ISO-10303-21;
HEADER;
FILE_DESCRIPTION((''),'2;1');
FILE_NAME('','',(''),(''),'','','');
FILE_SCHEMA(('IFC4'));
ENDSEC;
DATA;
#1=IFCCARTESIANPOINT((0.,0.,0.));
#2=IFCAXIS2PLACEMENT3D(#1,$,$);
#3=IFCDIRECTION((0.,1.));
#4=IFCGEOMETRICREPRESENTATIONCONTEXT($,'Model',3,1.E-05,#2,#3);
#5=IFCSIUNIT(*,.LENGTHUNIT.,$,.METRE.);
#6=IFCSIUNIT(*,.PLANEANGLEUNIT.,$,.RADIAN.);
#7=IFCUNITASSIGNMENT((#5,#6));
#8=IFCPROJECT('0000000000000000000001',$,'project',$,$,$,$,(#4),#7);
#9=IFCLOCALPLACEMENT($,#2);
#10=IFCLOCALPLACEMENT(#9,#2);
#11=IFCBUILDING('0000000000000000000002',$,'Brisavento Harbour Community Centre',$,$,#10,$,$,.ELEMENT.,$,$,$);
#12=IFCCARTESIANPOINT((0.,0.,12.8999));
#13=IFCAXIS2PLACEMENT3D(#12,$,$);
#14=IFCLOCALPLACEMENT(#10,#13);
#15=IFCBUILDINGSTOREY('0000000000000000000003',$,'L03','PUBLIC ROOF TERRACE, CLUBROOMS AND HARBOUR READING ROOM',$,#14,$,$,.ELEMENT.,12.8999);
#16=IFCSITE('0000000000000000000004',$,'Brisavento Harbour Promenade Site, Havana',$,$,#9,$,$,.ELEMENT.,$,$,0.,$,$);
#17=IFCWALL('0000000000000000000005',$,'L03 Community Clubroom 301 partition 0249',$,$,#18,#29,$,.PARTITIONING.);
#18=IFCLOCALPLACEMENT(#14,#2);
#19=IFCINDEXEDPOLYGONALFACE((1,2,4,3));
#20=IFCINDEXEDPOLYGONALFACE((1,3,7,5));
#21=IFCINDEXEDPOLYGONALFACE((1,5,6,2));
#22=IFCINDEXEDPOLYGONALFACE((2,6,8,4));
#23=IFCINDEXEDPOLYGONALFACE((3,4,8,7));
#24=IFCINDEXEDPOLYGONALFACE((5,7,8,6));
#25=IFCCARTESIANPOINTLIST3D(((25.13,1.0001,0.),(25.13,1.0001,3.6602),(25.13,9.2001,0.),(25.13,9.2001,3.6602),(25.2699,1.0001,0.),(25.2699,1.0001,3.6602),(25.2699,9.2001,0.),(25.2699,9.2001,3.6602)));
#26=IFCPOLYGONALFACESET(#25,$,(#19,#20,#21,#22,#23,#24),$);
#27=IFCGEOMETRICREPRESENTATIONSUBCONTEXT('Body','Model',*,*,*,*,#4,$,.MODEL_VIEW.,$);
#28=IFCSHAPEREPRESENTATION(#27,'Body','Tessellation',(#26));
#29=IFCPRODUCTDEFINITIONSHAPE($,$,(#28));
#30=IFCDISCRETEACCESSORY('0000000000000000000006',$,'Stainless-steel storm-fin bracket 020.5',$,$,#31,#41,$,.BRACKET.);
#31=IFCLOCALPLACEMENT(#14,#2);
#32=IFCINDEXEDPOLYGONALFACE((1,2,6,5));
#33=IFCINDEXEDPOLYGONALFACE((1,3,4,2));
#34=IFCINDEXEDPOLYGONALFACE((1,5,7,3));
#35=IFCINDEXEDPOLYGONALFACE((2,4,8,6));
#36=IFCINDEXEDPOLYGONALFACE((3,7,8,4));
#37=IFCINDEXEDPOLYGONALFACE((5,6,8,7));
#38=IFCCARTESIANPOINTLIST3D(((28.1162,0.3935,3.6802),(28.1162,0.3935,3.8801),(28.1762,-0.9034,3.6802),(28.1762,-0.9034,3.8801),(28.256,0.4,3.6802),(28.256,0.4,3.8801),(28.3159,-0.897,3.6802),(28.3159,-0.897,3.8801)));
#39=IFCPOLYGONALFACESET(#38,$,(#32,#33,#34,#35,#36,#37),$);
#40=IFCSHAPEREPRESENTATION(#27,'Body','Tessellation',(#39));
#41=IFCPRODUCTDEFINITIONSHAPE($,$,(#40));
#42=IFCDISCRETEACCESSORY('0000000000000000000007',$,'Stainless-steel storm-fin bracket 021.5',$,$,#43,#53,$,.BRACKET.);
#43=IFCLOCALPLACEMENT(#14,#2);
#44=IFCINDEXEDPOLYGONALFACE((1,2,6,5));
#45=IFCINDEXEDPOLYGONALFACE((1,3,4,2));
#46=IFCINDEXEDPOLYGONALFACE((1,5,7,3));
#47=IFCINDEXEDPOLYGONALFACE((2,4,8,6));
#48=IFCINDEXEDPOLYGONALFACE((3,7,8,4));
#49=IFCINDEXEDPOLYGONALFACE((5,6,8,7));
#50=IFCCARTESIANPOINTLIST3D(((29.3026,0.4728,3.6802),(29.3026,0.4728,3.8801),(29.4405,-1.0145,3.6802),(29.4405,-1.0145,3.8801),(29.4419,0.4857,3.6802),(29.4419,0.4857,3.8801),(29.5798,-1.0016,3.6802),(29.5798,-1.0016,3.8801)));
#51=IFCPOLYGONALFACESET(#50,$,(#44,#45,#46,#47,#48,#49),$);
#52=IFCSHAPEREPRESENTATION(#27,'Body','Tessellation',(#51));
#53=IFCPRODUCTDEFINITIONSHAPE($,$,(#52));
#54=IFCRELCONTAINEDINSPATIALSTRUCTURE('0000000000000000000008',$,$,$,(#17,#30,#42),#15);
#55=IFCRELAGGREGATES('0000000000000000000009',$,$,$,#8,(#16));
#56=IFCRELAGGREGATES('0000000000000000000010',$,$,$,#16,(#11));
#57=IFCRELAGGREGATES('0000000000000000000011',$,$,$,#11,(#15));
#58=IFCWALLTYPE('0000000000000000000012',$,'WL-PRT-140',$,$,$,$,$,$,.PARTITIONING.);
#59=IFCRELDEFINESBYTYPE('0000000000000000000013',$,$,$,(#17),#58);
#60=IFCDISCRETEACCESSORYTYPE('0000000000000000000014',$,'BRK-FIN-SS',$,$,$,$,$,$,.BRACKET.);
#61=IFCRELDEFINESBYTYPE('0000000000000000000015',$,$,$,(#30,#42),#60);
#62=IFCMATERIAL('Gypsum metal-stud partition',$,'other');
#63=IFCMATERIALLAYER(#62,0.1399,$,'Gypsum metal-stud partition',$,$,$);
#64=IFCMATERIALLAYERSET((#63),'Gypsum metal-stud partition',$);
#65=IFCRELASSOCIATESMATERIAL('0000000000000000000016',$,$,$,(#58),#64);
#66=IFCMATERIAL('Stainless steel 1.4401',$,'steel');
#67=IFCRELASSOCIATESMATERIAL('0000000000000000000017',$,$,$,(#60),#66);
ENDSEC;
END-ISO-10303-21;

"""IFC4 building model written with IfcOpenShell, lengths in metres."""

from ifc_helpers import new_model, si_unit, direction, frame, frame_2d, origin, origin_2d, place, context, subcontext, project, spatial, rectangle, extrude, material, layer, layer_set, type_object, element, save


model = new_model("IFC4")

# Units and contexts
model_context = context("Model", 3, precision=1e-05, world=origin(), true_north=direction((0.0, 1.0)))
body_context = subcontext(model_context, "Body", "Model", "MODEL_VIEW")
ifc_project = project(units=[si_unit("LENGTHUNIT", "METRE"), si_unit("PLANEANGLEUNIT", "RADIAN")], contexts=[model_context])

# Site, building, storey
site_placement = place(None, origin())
site = spatial("IfcSite", under=ifc_project, at=site_placement, Name="Brisavento Harbour Promenade Site, Havana", CompositionType="ELEMENT", RefElevation=0.0)
building_placement = place(site_placement, origin())
building = spatial("IfcBuilding", under=site, at=building_placement, Name="Brisavento Harbour Community Centre", CompositionType="ELEMENT")
storey_placement = place(building_placement, frame((0.0, 0.0, 12.8999)))
storey = spatial("IfcBuildingStorey", under=building, at=storey_placement, Name="L03", Description="PUBLIC ROOF TERRACE, CLUBROOMS AND HARBOUR READING ROOM", CompositionType="ELEMENT", Elevation=12.8999)

# Wall
ifc_material_1 = material(Name="Gypsum metal-stud partition", Category="other")
ifc_layer_1 = layer(ifc_material_1, 0.1399, Name="Gypsum metal-stud partition")
ifc_layer_set_1 = layer_set([ifc_layer_1], Name="Gypsum metal-stud partition")
wall_type = type_object("IfcWallType", Name="WL-PRT-140", PredefinedType="PARTITIONING", material=ifc_layer_set_1)
wall_placement = place(storey_placement, frame((25.2, 1.0, 0.0), z_axis=(0.0, 0.0, 1.0), x_axis=(0.0, 1.0, 0.0)))
element("IfcWall", 1, at=wall_placement, inside=storey, type_object=wall_type, Name="L03 Community Clubroom 301 partition 0249", PredefinedType="PARTITIONING", context=body_context, shape_type="SweptSolid", body=[
    extrude(rectangle(XDim=8.2, YDim=0.1399, at=frame_2d((4.1001, 0.0))), origin(), (0.0, 0.0, 1.0), 3.6602),
])

# Discrete accessories
ifc_material_2 = material(Name="Stainless steel 1.4401", Category="steel")
discrete_accessory_type = type_object("IfcDiscreteAccessoryType", Name="BRK-FIN-SS", PredefinedType="BRACKET", material=ifc_material_2)
discrete_accessory_1_placement = place(storey_placement, frame((28.2161, -0.2517, 3.6802), z_axis=(0.0, 0.0, 1.0), x_axis=(0.046165, -0.998934, 0.0)))
element("IfcDiscreteAccessory", 2, at=discrete_accessory_1_placement, inside=storey, type_object=discrete_accessory_type, Name="Stainless-steel storm-fin bracket 020.5", PredefinedType="BRACKET", context=body_context, shape_type="SweptSolid", body=[
    extrude(rectangle(XDim=1.2983, YDim=0.1399, at=origin_2d()), origin(), (0.0, 0.0, 1.0), 0.2),
])
discrete_accessory_2_placement = place(storey_placement, frame((29.4412, -0.2644, 3.6802), z_axis=(0.0, 0.0, 1.0), x_axis=(0.092336, -0.995728, 0.0)))
element("IfcDiscreteAccessory", 3, at=discrete_accessory_2_placement, inside=storey, type_object=discrete_accessory_type, Name="Stainless-steel storm-fin bracket 021.5", PredefinedType="BRACKET", context=body_context, shape_type="SweptSolid", body=[
    extrude(rectangle(XDim=1.4937, YDim=0.1399, at=origin_2d()), origin(), (0.0, 0.0, 1.0), 0.2),
])

save(model, "model.ifc")
